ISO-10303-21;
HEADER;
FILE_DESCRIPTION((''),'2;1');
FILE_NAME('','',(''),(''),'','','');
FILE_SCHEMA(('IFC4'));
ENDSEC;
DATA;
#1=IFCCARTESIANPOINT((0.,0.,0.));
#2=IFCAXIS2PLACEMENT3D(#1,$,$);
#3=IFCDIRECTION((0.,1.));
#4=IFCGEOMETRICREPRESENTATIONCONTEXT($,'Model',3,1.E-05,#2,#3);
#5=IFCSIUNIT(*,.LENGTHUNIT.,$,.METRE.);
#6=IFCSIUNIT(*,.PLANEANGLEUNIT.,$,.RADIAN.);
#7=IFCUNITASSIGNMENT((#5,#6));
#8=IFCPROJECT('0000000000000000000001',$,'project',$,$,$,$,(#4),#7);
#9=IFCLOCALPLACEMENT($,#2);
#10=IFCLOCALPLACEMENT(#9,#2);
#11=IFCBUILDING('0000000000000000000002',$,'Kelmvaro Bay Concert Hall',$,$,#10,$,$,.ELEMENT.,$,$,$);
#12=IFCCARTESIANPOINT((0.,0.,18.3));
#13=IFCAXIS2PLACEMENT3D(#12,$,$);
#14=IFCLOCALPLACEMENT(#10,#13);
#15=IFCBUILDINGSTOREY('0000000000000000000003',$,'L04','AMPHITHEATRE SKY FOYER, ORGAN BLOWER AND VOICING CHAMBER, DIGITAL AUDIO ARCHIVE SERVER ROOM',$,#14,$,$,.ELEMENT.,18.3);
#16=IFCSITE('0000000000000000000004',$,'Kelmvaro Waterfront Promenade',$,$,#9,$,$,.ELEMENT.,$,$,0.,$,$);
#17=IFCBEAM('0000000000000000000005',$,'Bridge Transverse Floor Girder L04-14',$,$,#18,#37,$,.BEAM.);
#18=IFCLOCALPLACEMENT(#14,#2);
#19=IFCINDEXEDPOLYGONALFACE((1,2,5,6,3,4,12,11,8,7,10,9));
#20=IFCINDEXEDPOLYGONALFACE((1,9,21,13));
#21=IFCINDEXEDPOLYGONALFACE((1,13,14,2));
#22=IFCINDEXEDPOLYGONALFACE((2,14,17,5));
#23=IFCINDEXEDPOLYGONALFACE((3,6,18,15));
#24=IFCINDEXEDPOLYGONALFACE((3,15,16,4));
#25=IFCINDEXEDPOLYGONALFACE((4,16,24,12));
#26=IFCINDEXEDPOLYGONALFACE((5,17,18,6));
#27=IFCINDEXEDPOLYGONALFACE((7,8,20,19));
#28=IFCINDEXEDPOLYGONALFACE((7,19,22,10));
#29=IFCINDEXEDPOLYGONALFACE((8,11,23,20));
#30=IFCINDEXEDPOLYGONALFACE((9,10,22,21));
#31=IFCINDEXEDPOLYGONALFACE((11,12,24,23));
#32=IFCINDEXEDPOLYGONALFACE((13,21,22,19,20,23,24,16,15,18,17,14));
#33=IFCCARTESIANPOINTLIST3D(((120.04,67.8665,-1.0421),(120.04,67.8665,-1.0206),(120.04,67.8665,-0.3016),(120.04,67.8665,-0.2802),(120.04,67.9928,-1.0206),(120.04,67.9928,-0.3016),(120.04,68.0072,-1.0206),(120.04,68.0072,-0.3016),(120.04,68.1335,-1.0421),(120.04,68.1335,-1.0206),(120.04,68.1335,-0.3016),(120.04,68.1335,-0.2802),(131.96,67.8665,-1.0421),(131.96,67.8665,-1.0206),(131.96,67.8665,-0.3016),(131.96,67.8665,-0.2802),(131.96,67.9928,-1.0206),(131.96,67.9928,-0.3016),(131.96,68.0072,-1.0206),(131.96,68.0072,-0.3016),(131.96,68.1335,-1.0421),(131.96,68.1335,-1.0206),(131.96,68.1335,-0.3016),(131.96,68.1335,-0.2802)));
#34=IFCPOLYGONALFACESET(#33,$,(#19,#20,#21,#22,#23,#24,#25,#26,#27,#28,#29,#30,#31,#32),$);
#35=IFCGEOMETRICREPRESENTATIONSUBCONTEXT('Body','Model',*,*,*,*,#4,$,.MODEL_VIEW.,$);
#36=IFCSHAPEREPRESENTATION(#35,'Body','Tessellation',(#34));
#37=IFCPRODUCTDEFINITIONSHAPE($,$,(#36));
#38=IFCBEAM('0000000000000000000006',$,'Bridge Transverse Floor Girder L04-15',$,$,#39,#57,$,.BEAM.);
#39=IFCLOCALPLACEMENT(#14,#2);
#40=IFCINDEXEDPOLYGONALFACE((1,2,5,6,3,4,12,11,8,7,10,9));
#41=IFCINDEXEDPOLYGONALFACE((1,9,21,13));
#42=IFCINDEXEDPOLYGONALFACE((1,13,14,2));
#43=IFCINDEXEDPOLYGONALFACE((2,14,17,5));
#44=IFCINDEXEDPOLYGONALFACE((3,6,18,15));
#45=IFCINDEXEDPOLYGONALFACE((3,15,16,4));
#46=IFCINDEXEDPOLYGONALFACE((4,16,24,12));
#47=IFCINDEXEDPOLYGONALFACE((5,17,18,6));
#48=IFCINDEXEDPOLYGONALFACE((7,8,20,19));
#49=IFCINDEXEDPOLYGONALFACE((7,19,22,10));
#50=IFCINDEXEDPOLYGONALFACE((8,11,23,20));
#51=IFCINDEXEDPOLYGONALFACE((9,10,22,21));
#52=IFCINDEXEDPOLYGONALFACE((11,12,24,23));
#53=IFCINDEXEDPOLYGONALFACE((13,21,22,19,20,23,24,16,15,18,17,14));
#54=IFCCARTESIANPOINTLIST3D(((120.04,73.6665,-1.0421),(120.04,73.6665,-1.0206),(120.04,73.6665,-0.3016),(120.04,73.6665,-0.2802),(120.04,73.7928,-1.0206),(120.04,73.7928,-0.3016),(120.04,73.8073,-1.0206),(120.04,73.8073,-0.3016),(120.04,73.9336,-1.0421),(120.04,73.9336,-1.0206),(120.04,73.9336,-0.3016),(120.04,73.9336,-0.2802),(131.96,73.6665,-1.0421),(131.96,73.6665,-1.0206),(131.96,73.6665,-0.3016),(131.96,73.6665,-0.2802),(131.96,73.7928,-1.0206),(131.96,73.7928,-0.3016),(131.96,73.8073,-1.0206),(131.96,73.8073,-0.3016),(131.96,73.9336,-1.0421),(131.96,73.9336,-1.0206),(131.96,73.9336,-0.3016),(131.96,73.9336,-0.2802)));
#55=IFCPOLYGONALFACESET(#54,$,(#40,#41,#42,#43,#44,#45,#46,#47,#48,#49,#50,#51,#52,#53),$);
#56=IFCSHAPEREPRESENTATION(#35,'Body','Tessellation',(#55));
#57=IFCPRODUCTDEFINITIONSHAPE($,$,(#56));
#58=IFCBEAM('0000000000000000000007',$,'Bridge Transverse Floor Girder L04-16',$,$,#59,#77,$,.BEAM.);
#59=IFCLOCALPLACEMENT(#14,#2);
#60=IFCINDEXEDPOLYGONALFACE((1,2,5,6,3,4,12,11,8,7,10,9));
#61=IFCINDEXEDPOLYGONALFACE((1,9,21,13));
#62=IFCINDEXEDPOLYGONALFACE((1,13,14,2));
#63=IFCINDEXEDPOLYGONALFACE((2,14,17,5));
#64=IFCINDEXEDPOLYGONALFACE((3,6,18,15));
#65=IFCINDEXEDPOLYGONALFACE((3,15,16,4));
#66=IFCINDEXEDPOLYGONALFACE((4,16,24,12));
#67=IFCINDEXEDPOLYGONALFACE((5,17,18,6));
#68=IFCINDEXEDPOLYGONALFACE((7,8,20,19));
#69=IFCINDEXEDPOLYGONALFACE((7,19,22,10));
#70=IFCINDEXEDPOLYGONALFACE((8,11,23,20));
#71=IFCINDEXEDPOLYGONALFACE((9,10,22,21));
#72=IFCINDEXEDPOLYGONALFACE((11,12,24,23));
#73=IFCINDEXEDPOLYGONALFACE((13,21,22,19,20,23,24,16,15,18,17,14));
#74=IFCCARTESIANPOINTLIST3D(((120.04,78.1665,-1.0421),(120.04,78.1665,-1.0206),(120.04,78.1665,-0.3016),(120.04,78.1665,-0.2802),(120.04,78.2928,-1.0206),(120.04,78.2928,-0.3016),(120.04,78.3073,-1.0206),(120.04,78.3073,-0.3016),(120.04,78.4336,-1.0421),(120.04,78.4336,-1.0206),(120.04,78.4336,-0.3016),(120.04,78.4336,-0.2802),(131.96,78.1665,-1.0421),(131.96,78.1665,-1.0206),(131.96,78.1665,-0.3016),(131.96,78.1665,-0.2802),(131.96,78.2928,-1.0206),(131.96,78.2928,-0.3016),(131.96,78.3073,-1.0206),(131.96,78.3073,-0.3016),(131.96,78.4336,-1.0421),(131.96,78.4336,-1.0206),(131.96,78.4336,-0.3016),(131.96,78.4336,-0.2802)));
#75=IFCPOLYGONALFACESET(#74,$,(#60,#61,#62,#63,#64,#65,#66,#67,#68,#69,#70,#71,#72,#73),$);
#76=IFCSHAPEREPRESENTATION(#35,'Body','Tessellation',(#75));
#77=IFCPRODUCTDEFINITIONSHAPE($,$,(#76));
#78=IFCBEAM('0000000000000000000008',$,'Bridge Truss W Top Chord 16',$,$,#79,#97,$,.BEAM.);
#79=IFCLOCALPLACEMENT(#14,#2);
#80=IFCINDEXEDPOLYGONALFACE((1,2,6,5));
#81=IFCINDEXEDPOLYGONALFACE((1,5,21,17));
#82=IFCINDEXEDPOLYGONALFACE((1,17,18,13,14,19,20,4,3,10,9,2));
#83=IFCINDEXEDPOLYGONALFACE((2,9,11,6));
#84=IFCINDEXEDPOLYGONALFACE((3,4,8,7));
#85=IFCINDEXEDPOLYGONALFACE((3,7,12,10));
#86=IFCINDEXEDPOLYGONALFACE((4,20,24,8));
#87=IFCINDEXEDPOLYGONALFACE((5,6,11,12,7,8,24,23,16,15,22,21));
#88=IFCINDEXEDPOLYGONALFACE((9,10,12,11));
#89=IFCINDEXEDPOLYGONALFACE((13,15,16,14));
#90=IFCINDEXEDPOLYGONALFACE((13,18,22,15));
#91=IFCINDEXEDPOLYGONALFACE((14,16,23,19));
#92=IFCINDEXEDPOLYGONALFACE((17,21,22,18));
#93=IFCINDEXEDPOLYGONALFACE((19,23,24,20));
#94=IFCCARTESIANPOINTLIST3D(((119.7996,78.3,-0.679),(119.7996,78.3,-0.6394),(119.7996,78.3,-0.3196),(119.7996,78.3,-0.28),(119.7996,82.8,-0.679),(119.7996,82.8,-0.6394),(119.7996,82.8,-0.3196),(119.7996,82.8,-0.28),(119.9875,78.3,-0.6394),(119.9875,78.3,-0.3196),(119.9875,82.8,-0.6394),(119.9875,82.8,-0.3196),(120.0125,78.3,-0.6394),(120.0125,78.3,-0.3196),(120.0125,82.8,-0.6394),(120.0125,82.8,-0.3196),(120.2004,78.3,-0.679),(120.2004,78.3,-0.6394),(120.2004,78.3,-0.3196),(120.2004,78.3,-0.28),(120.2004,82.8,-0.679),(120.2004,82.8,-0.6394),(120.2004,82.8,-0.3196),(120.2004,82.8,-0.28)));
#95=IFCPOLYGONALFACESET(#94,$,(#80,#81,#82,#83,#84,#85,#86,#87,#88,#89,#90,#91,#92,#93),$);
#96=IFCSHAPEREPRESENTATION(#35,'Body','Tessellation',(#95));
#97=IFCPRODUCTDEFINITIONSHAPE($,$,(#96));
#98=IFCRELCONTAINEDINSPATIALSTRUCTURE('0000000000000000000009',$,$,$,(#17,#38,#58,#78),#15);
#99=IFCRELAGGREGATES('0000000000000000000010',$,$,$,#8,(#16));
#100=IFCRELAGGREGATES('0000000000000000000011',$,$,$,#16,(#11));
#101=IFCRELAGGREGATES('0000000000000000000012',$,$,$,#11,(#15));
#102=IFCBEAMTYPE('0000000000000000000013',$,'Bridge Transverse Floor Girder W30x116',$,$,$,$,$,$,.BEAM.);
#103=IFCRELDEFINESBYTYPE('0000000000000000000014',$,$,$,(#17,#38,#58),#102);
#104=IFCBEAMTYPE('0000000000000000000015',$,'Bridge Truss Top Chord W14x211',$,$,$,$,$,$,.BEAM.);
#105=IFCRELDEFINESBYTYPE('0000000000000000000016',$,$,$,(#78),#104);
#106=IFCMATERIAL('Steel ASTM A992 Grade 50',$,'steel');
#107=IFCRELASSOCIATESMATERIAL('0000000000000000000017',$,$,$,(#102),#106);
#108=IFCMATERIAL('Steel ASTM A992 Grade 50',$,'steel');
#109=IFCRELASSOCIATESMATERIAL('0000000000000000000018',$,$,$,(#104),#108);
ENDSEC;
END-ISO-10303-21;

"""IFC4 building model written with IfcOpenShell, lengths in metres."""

from ifc_helpers import new_model, si_unit, direction, frame, origin, origin_2d, place, context, subcontext, project, spatial, i_section, extrude, material, material_profile, profile_set, type_object, element, save


model = new_model("IFC4")

# Units and contexts
model_context = context("Model", 3, precision=1e-05, world=origin(), true_north=direction((0.0, 1.0)))
body_context = subcontext(model_context, "Body", "Model", "MODEL_VIEW")
ifc_project = project(units=[si_unit("LENGTHUNIT", "METRE"), si_unit("PLANEANGLEUNIT", "RADIAN")], contexts=[model_context])

# Site, building, storey
site_placement = place(None, origin())
site = spatial("IfcSite", under=ifc_project, at=site_placement, Name="Kelmvaro Waterfront Promenade", CompositionType="ELEMENT", RefElevation=0.0)
building_placement = place(site_placement, origin())
building = spatial("IfcBuilding", under=site, at=building_placement, Name="Kelmvaro Bay Concert Hall", CompositionType="ELEMENT")
storey_placement = place(building_placement, frame((0.0, 0.0, 18.3)))
storey = spatial("IfcBuildingStorey", under=building, at=storey_placement, Name="L04", Description="AMPHITHEATRE SKY FOYER, ORGAN BLOWER AND VOICING CHAMBER, DIGITAL AUDIO ARCHIVE SERVER ROOM", CompositionType="ELEMENT", Elevation=18.3)

# Beams
ifc_material_1 = material(Name="Steel ASTM A992 Grade 50", Category="steel")
ifc_material_profile_1 = material_profile(ifc_material_1, i_section(OverallWidth=0.2671, OverallDepth=0.762, WebThickness=0.0144, FlangeThickness=0.0215, at=origin_2d()), Name="W30X116")
ifc_profile_set_1 = profile_set([ifc_material_profile_1], Name="Steel ASTM A992 Grade 50")
beam_type_1 = type_object("IfcBeamType", Name="Bridge Transverse Floor Girder W30x116", PredefinedType="BEAM", material=ifc_profile_set_1)
for number, where, z_axis, x_axis, name in (
    (1, (120.04, 68.0, -0.6611), (1.0, 0.0, 0.0), (0.0, 1.0, 0.0), "Bridge Transverse Floor Girder L04-14"),
    (2, (120.04, 73.8, -0.6611), (1.0, 0.0, 0.0), (0.0, 1.0, 0.0), "Bridge Transverse Floor Girder L04-15"),
    (3, (120.04, 78.3, -0.6611), (1.0, 0.0, 0.0), (0.0, 1.0, 0.0), "Bridge Transverse Floor Girder L04-16"),
):
    element("IfcBeam", number, at=place(storey_placement, frame(where, z_axis=z_axis, x_axis=x_axis)), inside=storey, type_object=beam_type_1, Name=name, PredefinedType="BEAM", context=body_context, shape_type="SweptSolid", body=[
        extrude(i_section(OverallWidth=0.2671, OverallDepth=0.762, WebThickness=0.0144, FlangeThickness=0.0215, at=origin_2d()), origin(), (0.0, 0.0, 1.0), 11.9199),
    ])
ifc_material_2 = material(Name="Steel ASTM A992 Grade 50", Category="steel")
ifc_material_profile_2 = material_profile(ifc_material_2, i_section(OverallWidth=0.4009, OverallDepth=0.3989, WebThickness=0.0249, FlangeThickness=0.0396, at=origin_2d()), Name="W14X211")
ifc_profile_set_2 = profile_set([ifc_material_profile_2], Name="Steel ASTM A992 Grade 50")
beam_type_2 = type_object("IfcBeamType", Name="Bridge Truss Top Chord W14x211", PredefinedType="BEAM", material=ifc_profile_set_2)
beam_placement = place(storey_placement, frame((120.0, 78.3, -0.4795), z_axis=(0.0, 1.0, 0.0), x_axis=(-1.0, 0.0, 0.0)))
element("IfcBeam", 4, at=beam_placement, inside=storey, type_object=beam_type_2, Name="Bridge Truss W Top Chord 16", PredefinedType="BEAM", context=body_context, shape_type="SweptSolid", body=[
    extrude(i_section(OverallWidth=0.4009, OverallDepth=0.3989, WebThickness=0.0249, FlangeThickness=0.0396, at=origin_2d()), origin(), (0.0, 0.0, 1.0), 4.5),
])

save(model, "model.ifc")
